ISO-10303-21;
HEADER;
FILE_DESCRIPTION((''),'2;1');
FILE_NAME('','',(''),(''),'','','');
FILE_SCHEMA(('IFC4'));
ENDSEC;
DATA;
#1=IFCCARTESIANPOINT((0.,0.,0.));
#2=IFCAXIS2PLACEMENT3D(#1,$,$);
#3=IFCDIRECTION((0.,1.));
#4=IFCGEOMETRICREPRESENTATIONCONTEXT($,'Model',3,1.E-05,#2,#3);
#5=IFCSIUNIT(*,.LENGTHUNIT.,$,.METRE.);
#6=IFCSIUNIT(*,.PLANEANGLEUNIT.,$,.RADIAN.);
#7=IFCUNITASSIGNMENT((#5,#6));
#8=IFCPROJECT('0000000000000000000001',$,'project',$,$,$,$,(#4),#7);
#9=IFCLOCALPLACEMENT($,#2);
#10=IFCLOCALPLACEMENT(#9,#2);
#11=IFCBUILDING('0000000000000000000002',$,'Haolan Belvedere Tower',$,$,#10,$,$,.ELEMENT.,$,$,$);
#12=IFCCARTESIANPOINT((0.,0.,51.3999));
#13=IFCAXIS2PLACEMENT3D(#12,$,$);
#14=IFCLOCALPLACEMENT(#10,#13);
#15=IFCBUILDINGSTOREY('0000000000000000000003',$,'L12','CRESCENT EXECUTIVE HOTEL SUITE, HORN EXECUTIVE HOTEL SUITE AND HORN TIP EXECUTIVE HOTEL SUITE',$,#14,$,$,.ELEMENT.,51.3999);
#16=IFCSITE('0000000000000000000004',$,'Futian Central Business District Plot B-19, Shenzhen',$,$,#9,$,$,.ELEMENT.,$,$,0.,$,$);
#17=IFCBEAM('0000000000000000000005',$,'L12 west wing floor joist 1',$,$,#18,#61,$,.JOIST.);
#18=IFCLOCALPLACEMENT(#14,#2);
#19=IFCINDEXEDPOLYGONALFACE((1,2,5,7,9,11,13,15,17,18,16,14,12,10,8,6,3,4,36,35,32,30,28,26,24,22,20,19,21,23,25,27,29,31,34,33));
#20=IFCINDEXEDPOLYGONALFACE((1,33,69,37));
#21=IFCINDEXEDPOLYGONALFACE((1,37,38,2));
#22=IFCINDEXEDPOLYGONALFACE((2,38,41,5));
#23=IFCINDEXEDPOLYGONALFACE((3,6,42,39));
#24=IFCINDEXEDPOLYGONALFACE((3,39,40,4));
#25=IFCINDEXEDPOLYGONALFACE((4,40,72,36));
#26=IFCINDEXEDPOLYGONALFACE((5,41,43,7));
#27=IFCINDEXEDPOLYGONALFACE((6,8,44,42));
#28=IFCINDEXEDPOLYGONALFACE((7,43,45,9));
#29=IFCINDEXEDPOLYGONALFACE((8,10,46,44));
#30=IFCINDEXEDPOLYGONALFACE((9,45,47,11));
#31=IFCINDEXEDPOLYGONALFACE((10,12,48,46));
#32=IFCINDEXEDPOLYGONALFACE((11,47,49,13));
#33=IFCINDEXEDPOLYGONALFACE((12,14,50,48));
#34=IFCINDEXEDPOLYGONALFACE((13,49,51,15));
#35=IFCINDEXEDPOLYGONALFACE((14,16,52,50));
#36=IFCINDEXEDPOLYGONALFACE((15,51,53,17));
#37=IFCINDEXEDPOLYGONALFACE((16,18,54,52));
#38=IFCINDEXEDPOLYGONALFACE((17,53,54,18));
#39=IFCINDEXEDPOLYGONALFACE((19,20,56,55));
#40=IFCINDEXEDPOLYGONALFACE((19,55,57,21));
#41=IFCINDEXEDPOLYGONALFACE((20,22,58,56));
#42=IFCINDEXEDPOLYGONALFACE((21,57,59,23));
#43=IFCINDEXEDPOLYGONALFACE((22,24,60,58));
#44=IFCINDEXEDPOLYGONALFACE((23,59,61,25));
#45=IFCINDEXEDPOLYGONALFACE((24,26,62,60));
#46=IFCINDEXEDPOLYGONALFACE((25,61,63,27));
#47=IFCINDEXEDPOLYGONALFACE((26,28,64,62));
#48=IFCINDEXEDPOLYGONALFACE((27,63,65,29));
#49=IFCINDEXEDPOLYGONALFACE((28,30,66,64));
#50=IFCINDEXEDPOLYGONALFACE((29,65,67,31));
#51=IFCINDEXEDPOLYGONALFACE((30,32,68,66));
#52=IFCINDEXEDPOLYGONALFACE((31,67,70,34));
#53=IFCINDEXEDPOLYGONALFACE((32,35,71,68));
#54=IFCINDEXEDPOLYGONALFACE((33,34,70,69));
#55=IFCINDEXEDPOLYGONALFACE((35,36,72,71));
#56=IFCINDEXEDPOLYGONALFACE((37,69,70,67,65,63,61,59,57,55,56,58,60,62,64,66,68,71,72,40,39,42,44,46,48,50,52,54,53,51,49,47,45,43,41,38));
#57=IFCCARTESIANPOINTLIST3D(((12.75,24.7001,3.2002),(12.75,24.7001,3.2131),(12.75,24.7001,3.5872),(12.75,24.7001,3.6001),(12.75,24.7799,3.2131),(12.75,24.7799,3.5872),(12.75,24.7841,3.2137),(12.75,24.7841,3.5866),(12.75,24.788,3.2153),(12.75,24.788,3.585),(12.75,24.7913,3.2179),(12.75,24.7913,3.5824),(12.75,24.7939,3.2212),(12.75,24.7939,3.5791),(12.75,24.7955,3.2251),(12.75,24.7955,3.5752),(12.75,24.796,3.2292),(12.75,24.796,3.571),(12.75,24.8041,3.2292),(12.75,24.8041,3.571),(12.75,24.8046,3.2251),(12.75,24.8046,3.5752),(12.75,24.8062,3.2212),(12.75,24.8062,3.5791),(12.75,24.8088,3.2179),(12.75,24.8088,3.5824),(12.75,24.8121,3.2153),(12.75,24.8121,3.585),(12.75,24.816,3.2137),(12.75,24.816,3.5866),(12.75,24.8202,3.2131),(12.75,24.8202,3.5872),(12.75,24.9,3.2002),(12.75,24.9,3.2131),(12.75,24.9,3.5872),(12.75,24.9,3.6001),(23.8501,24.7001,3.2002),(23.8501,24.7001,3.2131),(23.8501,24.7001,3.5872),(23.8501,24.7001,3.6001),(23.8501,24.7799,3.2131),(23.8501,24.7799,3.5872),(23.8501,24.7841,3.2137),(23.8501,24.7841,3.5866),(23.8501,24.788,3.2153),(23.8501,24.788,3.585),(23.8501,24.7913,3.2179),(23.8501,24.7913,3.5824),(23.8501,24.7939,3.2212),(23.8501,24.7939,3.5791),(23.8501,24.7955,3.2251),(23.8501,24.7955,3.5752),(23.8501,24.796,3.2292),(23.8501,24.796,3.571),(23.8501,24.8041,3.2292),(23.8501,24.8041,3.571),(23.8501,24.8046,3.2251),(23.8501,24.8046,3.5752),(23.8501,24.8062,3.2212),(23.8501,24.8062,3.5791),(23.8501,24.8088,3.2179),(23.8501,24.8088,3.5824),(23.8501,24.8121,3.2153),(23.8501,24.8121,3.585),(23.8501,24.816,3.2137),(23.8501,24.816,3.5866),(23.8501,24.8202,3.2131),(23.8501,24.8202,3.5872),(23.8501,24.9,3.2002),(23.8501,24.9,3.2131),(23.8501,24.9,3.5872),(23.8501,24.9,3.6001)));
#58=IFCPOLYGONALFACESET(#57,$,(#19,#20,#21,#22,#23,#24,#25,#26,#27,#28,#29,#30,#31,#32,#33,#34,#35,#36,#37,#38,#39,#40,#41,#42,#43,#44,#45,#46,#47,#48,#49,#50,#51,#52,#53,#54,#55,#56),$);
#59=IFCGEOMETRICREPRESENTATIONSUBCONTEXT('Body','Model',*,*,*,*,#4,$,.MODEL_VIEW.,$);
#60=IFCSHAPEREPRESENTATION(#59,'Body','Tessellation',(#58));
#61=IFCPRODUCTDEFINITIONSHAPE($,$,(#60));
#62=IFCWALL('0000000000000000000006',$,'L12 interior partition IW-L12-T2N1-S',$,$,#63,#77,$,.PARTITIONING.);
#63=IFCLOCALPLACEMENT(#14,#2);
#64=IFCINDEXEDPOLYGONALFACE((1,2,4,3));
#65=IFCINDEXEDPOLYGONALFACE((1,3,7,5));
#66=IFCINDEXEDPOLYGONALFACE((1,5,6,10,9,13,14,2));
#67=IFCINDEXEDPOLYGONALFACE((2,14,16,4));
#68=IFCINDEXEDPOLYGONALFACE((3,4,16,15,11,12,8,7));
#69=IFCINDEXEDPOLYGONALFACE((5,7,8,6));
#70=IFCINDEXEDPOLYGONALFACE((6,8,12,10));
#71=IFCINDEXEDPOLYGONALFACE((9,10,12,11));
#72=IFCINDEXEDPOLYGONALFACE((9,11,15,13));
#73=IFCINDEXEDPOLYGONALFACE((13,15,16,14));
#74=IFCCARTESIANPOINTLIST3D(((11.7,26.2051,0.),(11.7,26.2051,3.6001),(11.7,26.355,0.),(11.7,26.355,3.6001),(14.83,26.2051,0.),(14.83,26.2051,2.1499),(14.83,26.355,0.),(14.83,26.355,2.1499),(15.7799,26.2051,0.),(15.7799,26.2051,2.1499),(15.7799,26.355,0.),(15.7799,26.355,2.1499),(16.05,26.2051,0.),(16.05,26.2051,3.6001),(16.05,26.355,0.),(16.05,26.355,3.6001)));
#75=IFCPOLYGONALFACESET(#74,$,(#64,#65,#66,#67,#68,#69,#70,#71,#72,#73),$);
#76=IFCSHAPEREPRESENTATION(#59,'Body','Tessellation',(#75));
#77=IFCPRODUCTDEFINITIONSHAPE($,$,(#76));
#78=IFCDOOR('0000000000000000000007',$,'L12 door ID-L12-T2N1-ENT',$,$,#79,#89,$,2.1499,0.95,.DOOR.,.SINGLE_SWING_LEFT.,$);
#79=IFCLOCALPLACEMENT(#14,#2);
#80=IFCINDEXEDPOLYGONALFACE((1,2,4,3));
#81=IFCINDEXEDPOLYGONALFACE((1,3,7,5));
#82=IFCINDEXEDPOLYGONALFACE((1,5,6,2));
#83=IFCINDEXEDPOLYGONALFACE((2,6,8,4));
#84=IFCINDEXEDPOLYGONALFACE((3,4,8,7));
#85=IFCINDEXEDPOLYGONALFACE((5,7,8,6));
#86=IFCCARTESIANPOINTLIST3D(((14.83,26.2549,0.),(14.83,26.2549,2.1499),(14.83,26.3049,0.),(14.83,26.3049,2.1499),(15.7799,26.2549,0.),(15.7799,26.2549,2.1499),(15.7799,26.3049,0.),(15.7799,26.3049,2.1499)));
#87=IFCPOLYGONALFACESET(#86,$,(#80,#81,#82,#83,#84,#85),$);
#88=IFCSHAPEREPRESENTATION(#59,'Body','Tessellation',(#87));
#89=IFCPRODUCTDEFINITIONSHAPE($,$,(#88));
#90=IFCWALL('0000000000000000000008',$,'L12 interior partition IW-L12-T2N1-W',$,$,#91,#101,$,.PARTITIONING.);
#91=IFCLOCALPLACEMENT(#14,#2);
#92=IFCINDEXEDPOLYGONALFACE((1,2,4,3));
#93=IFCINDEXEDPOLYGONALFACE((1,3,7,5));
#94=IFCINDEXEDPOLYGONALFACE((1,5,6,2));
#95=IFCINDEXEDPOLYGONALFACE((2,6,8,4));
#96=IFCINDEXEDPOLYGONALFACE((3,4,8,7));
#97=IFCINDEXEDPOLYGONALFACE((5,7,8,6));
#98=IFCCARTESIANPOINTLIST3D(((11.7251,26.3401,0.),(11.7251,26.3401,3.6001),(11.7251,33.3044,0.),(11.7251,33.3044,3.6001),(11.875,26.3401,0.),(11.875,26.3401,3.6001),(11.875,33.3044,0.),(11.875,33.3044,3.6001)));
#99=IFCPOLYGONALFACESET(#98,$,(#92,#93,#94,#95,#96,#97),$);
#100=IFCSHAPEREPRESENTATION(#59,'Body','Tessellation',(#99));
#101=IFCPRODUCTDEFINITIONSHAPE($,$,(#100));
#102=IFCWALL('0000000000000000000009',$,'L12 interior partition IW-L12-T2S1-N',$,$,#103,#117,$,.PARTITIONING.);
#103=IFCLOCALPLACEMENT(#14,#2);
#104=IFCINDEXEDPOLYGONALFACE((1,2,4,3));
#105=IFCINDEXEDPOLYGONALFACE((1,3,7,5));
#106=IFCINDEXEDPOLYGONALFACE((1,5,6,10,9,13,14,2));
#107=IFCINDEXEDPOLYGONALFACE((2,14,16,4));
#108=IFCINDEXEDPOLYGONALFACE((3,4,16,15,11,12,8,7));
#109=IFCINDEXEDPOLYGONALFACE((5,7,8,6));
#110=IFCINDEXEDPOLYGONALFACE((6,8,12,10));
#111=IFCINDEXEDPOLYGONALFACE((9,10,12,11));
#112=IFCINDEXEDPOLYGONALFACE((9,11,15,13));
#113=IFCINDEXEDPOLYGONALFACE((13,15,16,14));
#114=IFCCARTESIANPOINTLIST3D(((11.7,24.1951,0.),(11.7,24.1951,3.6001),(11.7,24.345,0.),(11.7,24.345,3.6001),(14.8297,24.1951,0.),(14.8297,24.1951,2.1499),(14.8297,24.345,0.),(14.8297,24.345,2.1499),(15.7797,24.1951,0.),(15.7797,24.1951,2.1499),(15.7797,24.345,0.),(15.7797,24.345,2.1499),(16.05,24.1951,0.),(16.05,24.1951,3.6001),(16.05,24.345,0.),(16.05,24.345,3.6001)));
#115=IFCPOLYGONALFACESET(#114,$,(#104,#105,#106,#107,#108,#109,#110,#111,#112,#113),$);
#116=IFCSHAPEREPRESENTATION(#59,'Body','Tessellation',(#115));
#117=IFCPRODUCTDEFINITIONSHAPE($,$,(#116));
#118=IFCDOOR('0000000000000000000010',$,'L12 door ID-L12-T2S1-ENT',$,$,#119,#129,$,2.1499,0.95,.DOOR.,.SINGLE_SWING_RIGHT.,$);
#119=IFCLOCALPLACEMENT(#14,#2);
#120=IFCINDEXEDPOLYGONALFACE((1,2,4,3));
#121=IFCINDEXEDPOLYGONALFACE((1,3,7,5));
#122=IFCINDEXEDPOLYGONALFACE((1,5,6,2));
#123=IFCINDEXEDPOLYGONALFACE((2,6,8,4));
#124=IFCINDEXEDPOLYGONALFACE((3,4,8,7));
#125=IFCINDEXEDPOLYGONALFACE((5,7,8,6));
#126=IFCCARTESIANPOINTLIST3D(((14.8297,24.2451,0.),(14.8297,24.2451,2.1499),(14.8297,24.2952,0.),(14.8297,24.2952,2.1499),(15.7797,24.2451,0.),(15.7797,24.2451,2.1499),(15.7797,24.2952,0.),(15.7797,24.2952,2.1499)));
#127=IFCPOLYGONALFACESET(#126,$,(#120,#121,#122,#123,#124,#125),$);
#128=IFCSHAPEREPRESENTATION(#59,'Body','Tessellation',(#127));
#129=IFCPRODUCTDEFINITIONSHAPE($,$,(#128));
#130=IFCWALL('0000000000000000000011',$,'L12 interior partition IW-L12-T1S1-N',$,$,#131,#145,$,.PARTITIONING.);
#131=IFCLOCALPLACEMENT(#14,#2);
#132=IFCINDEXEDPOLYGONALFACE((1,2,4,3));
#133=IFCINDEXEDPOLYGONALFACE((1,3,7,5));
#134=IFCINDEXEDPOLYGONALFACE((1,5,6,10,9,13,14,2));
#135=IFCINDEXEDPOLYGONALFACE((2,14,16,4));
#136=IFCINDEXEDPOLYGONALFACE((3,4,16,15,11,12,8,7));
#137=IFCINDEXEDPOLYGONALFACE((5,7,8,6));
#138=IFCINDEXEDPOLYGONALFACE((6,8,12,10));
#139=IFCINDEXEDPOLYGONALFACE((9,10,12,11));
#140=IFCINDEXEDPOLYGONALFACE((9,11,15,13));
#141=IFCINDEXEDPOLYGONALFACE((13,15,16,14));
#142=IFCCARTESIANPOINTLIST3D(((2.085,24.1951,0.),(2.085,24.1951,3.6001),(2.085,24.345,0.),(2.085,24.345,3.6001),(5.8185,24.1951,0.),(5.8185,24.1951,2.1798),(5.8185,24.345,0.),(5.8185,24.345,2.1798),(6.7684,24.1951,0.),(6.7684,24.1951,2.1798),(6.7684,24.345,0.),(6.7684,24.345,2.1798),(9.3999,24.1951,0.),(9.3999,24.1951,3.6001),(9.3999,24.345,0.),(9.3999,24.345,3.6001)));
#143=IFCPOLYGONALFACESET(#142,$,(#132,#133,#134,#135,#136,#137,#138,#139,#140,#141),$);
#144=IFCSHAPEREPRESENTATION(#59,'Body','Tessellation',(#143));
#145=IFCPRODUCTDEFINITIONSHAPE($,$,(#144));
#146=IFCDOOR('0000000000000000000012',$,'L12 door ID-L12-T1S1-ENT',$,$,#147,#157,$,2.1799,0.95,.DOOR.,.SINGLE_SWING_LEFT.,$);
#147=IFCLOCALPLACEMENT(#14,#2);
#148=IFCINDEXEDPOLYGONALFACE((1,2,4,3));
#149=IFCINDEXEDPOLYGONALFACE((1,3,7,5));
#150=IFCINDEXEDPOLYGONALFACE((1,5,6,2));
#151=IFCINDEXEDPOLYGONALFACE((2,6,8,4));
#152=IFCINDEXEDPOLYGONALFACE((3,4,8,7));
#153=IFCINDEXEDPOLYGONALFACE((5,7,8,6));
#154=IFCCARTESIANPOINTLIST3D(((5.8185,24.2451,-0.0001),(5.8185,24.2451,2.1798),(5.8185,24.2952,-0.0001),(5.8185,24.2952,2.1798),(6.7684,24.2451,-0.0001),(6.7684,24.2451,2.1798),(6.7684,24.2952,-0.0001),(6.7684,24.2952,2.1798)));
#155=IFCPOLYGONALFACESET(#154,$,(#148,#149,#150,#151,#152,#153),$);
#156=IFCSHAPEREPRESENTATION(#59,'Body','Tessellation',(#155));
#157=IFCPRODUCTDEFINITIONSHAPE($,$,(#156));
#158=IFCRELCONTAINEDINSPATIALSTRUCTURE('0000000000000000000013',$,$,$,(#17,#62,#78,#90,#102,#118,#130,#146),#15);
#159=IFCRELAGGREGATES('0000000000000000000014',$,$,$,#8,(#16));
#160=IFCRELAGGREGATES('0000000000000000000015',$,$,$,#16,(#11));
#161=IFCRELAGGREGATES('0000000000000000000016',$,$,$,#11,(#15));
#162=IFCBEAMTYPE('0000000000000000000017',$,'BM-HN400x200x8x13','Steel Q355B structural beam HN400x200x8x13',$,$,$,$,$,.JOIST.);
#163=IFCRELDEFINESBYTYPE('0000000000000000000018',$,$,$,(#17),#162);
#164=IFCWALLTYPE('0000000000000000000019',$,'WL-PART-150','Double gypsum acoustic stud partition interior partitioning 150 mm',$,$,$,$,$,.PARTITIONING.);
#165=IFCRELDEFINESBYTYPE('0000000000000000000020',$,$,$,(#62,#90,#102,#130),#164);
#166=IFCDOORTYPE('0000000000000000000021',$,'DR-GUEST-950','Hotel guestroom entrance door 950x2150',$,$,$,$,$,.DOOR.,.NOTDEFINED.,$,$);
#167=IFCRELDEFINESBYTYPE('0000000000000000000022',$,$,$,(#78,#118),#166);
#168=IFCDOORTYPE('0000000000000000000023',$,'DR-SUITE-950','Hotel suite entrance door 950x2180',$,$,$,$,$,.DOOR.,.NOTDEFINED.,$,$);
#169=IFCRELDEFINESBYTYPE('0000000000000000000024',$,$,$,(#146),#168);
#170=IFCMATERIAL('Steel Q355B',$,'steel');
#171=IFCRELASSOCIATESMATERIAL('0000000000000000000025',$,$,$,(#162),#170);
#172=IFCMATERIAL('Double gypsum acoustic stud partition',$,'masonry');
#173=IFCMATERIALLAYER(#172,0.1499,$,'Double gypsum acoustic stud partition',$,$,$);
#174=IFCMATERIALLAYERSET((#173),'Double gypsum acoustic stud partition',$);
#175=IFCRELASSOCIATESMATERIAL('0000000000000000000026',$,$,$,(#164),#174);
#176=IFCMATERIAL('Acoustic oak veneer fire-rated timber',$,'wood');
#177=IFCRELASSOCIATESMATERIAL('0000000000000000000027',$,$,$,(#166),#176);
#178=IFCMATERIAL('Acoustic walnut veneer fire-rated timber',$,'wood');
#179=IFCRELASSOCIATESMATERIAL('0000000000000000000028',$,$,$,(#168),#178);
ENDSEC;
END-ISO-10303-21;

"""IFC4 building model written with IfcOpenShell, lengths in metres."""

from ifc_helpers import new_model, si_unit, direction, frame, frame_2d, origin, origin_2d, place, context, subcontext, project, spatial, rectangle, i_section, extrude, material, layer, layer_set, material_profile, profile_set, type_object, element, fill, save


model = new_model("IFC4")

# Units and contexts
model_context = context("Model", 3, precision=1e-05, world=origin(), true_north=direction((0.0, 1.0)))
body_context = subcontext(model_context, "Body", "Model", "MODEL_VIEW")
ifc_project = project(units=[si_unit("LENGTHUNIT", "METRE"), si_unit("PLANEANGLEUNIT", "RADIAN")], contexts=[model_context])

# Site, building, storey
site_placement = place(None, origin())
site = spatial("IfcSite", under=ifc_project, at=site_placement, Name="Futian Central Business District Plot B-19, Shenzhen", CompositionType="ELEMENT", RefElevation=0.0)
building_placement = place(site_placement, origin())
building = spatial("IfcBuilding", under=site, at=building_placement, Name="Haolan Belvedere Tower", CompositionType="ELEMENT")
storey_placement = place(building_placement, frame((0.0, 0.0, 51.3999)))
storey = spatial("IfcBuildingStorey", under=building, at=storey_placement, Name="L12", Description="CRESCENT EXECUTIVE HOTEL SUITE, HORN EXECUTIVE HOTEL SUITE AND HORN TIP EXECUTIVE HOTEL SUITE", CompositionType="ELEMENT", Elevation=51.3999)

# Shared definitions
ifc_material_1 = material(Name="Steel Q355B", Category="steel")

# Beam
ifc_material_profile_1 = material_profile(ifc_material_1, i_section(OverallWidth=0.2, OverallDepth=0.3999, WebThickness=0.0081, FlangeThickness=0.0129, FilletRadius=0.0161, at=origin_2d()), Name="Steel Q355B")
ifc_profile_set_1 = profile_set([ifc_material_profile_1], Name="Steel Q355B")
beam_type_1 = type_object("IfcBeamType", Name="BM-HN400x200x8x13", Description="Steel Q355B structural beam HN400x200x8x13", PredefinedType="JOIST", material=ifc_profile_set_1)
beam_1_placement = place(storey_placement, frame((12.75, 24.8, 3.4001), z_axis=(1.0, 0.0, 0.0), x_axis=(0.0, 1.0, 0.0)))
element("IfcBeam", 1, at=beam_1_placement, inside=storey, type_object=beam_type_1, Name="L12 west wing floor joist 1", PredefinedType="JOIST", context=body_context, shape_type="SweptSolid", body=[
    extrude(i_section(OverallWidth=0.2, OverallDepth=0.3999, WebThickness=0.0081, FlangeThickness=0.0129, FilletRadius=0.0161, at=origin_2d()), origin(), (0.0, 0.0, 1.0), 11.1001),
])

# Wall, opening, door
ifc_material_2 = material(Name="Double gypsum acoustic stud partition", Category="masonry")
ifc_layer_1 = layer(ifc_material_2, 0.1499, Name="Double gypsum acoustic stud partition")
ifc_layer_set_1 = layer_set([ifc_layer_1], Name="Double gypsum acoustic stud partition")
wall_type_1 = type_object("IfcWallType", Name="WL-PART-150", Description="Double gypsum acoustic stud partition interior partitioning 150 mm", PredefinedType="PARTITIONING", material=ifc_layer_set_1)
wall_1_placement = place(storey_placement, frame((11.7, 26.28, 0.0), z_axis=(0.0, 0.0, 1.0), x_axis=(1.0, 0.0, 0.0)))
wall_1 = element("IfcWall", 2, at=wall_1_placement, inside=storey, type_object=wall_type_1, Name="L12 interior partition IW-L12-T2N1-S", PredefinedType="PARTITIONING", context=body_context, shape_type="SweptSolid", body=[
    extrude(rectangle(XDim=4.3501, YDim=0.1499, at=frame_2d((2.175, 0.0))), origin(), (0.0, 0.0, 1.0), 3.6001),
])
opening_1_placement = place(wall_1_placement, frame((3.1299, 0.0, 0.0)))
opening_1 = element("IfcOpeningElement", 3, at=opening_1_placement, cuts=wall_1, PredefinedType="OPENING", context=body_context, shape_type="SweptSolid", body=[
    extrude(rectangle(XDim=0.95, YDim=2.1499, at=frame_2d((0.4751, 1.075))), frame((0.0, 0.085, 0.0), z_axis=(0.0, -1.0, 0.0), x_axis=(1.0, 0.0, 0.0)), (0.0, 0.0, 1.0), 0.1699),
])
ifc_material_3 = material(Name="Acoustic oak veneer fire-rated timber", Category="wood")
door_type_1 = type_object("IfcDoorType", Name="DR-GUEST-950", Description="Hotel guestroom entrance door 950x2150", OperationType="NOTDEFINED", PredefinedType="DOOR", material=ifc_material_3)
door_1_placement = place(opening_1_placement, origin())
door_1 = element("IfcDoor", 4, at=door_1_placement, inside=storey, type_object=door_type_1, Name="L12 door ID-L12-T2N1-ENT", OperationType="SINGLE_SWING_LEFT", OverallHeight=2.1499, OverallWidth=0.95, PredefinedType="DOOR", context=body_context, shape_type="SweptSolid", body=[
    extrude(rectangle(XDim=0.95, YDim=2.1499, at=frame_2d((0.4751, 1.075))), frame((0.0, 0.0249, 0.0), z_axis=(0.0, -1.0, 0.0), x_axis=(1.0, 0.0, 0.0)), (0.0, 0.0, 1.0), 0.05),
])
fill(opening_1, door_1)

# Wall
wall_2_placement = place(storey_placement, frame((11.8, 26.3401, 0.0), z_axis=(0.0, 0.0, 1.0), x_axis=(0.0, 1.0, 0.0)))
element("IfcWall", 5, at=wall_2_placement, inside=storey, type_object=wall_type_1, Name="L12 interior partition IW-L12-T2N1-W", PredefinedType="PARTITIONING", context=body_context, shape_type="SweptSolid", body=[
    extrude(rectangle(XDim=6.9644, YDim=0.1499, at=frame_2d((3.4822, 0.0))), origin(), (0.0, 0.0, 1.0), 3.6001),
])

# Walls, openings, doors
wall_3_placement = place(storey_placement, frame((11.7, 24.27, 0.0), z_axis=(0.0, 0.0, 1.0), x_axis=(1.0, 0.0, 0.0)))
wall_3 = element("IfcWall", 6, at=wall_3_placement, inside=storey, type_object=wall_type_1, Name="L12 interior partition IW-L12-T2S1-N", PredefinedType="PARTITIONING", context=body_context, shape_type="SweptSolid", body=[
    extrude(rectangle(XDim=4.3501, YDim=0.1499, at=frame_2d((2.175, 0.0))), origin(), (0.0, 0.0, 1.0), 3.6001),
])
opening_2_placement = place(wall_3_placement, frame((4.0798, 0.0, 0.0), z_axis=(0.0, 0.0, 1.0), x_axis=(-1.0, 0.0, 0.0)))
opening_2 = element("IfcOpeningElement", 7, at=opening_2_placement, cuts=wall_3, PredefinedType="OPENING", context=body_context, shape_type="SweptSolid", body=[
    extrude(rectangle(XDim=0.95, YDim=2.1499, at=frame_2d((0.4751, 1.075))), frame((0.0, 0.085, 0.0), z_axis=(0.0, -1.0, 0.0), x_axis=(1.0, 0.0, 0.0)), (0.0, 0.0, 1.0), 0.1699),
])
door_2_placement = place(opening_2_placement, origin())
door_2 = element("IfcDoor", 8, at=door_2_placement, inside=storey, type_object=door_type_1, Name="L12 door ID-L12-T2S1-ENT", OperationType="SINGLE_SWING_RIGHT", OverallHeight=2.1499, OverallWidth=0.95, PredefinedType="DOOR", context=body_context, shape_type="SweptSolid", body=[
    extrude(rectangle(XDim=0.95, YDim=2.1499, at=frame_2d((0.4751, 1.075))), frame((0.0, 0.0249, 0.0), z_axis=(0.0, -1.0, 0.0), x_axis=(1.0, 0.0, 0.0)), (0.0, 0.0, 1.0), 0.05),
])
fill(opening_2, door_2)
wall_4_placement = place(storey_placement, frame((2.085, 24.27, 0.0), z_axis=(0.0, 0.0, 1.0), x_axis=(1.0, 0.0, 0.0)))
wall_4 = element("IfcWall", 9, at=wall_4_placement, inside=storey, type_object=wall_type_1, Name="L12 interior partition IW-L12-T1S1-N", PredefinedType="PARTITIONING", context=body_context, shape_type="SweptSolid", body=[
    extrude(rectangle(XDim=7.3149, YDim=0.1499, at=frame_2d((3.6575, 0.0))), origin(), (0.0, 0.0, 1.0), 3.6001),
])
opening_3_placement = place(wall_4_placement, frame((4.6836, 0.0, 0.0), z_axis=(0.0, 0.0, 1.0), x_axis=(-1.0, 0.0, 0.0)))
opening_3 = element("IfcOpeningElement", 10, at=opening_3_placement, cuts=wall_4, PredefinedType="OPENING", context=body_context, shape_type="SweptSolid", body=[
    extrude(rectangle(XDim=0.95, YDim=2.1799, at=frame_2d((0.4751, 1.0898))), frame((0.0, 0.085, 0.0), z_axis=(0.0, -1.0, 0.0), x_axis=(1.0, 0.0, 0.0)), (0.0, 0.0, 1.0), 0.1699),
])
ifc_material_4 = material(Name="Acoustic walnut veneer fire-rated timber", Category="wood")
door_type_2 = type_object("IfcDoorType", Name="DR-SUITE-950", Description="Hotel suite entrance door 950x2180", OperationType="NOTDEFINED", PredefinedType="DOOR", material=ifc_material_4)
door_3_placement = place(opening_3_placement, origin())
door_3 = element("IfcDoor", 11, at=door_3_placement, inside=storey, type_object=door_type_2, Name="L12 door ID-L12-T1S1-ENT", OperationType="SINGLE_SWING_LEFT", OverallHeight=2.1799, OverallWidth=0.95, PredefinedType="DOOR", context=body_context, shape_type="SweptSolid", body=[
    extrude(rectangle(XDim=0.95, YDim=2.1799, at=frame_2d((0.4751, 1.0898))), frame((0.0, 0.0249, 0.0), z_axis=(0.0, -1.0, 0.0), x_axis=(1.0, 0.0, 0.0)), (0.0, 0.0, 1.0), 0.05),
])
fill(opening_3, door_3)

save(model, "model.ifc")
